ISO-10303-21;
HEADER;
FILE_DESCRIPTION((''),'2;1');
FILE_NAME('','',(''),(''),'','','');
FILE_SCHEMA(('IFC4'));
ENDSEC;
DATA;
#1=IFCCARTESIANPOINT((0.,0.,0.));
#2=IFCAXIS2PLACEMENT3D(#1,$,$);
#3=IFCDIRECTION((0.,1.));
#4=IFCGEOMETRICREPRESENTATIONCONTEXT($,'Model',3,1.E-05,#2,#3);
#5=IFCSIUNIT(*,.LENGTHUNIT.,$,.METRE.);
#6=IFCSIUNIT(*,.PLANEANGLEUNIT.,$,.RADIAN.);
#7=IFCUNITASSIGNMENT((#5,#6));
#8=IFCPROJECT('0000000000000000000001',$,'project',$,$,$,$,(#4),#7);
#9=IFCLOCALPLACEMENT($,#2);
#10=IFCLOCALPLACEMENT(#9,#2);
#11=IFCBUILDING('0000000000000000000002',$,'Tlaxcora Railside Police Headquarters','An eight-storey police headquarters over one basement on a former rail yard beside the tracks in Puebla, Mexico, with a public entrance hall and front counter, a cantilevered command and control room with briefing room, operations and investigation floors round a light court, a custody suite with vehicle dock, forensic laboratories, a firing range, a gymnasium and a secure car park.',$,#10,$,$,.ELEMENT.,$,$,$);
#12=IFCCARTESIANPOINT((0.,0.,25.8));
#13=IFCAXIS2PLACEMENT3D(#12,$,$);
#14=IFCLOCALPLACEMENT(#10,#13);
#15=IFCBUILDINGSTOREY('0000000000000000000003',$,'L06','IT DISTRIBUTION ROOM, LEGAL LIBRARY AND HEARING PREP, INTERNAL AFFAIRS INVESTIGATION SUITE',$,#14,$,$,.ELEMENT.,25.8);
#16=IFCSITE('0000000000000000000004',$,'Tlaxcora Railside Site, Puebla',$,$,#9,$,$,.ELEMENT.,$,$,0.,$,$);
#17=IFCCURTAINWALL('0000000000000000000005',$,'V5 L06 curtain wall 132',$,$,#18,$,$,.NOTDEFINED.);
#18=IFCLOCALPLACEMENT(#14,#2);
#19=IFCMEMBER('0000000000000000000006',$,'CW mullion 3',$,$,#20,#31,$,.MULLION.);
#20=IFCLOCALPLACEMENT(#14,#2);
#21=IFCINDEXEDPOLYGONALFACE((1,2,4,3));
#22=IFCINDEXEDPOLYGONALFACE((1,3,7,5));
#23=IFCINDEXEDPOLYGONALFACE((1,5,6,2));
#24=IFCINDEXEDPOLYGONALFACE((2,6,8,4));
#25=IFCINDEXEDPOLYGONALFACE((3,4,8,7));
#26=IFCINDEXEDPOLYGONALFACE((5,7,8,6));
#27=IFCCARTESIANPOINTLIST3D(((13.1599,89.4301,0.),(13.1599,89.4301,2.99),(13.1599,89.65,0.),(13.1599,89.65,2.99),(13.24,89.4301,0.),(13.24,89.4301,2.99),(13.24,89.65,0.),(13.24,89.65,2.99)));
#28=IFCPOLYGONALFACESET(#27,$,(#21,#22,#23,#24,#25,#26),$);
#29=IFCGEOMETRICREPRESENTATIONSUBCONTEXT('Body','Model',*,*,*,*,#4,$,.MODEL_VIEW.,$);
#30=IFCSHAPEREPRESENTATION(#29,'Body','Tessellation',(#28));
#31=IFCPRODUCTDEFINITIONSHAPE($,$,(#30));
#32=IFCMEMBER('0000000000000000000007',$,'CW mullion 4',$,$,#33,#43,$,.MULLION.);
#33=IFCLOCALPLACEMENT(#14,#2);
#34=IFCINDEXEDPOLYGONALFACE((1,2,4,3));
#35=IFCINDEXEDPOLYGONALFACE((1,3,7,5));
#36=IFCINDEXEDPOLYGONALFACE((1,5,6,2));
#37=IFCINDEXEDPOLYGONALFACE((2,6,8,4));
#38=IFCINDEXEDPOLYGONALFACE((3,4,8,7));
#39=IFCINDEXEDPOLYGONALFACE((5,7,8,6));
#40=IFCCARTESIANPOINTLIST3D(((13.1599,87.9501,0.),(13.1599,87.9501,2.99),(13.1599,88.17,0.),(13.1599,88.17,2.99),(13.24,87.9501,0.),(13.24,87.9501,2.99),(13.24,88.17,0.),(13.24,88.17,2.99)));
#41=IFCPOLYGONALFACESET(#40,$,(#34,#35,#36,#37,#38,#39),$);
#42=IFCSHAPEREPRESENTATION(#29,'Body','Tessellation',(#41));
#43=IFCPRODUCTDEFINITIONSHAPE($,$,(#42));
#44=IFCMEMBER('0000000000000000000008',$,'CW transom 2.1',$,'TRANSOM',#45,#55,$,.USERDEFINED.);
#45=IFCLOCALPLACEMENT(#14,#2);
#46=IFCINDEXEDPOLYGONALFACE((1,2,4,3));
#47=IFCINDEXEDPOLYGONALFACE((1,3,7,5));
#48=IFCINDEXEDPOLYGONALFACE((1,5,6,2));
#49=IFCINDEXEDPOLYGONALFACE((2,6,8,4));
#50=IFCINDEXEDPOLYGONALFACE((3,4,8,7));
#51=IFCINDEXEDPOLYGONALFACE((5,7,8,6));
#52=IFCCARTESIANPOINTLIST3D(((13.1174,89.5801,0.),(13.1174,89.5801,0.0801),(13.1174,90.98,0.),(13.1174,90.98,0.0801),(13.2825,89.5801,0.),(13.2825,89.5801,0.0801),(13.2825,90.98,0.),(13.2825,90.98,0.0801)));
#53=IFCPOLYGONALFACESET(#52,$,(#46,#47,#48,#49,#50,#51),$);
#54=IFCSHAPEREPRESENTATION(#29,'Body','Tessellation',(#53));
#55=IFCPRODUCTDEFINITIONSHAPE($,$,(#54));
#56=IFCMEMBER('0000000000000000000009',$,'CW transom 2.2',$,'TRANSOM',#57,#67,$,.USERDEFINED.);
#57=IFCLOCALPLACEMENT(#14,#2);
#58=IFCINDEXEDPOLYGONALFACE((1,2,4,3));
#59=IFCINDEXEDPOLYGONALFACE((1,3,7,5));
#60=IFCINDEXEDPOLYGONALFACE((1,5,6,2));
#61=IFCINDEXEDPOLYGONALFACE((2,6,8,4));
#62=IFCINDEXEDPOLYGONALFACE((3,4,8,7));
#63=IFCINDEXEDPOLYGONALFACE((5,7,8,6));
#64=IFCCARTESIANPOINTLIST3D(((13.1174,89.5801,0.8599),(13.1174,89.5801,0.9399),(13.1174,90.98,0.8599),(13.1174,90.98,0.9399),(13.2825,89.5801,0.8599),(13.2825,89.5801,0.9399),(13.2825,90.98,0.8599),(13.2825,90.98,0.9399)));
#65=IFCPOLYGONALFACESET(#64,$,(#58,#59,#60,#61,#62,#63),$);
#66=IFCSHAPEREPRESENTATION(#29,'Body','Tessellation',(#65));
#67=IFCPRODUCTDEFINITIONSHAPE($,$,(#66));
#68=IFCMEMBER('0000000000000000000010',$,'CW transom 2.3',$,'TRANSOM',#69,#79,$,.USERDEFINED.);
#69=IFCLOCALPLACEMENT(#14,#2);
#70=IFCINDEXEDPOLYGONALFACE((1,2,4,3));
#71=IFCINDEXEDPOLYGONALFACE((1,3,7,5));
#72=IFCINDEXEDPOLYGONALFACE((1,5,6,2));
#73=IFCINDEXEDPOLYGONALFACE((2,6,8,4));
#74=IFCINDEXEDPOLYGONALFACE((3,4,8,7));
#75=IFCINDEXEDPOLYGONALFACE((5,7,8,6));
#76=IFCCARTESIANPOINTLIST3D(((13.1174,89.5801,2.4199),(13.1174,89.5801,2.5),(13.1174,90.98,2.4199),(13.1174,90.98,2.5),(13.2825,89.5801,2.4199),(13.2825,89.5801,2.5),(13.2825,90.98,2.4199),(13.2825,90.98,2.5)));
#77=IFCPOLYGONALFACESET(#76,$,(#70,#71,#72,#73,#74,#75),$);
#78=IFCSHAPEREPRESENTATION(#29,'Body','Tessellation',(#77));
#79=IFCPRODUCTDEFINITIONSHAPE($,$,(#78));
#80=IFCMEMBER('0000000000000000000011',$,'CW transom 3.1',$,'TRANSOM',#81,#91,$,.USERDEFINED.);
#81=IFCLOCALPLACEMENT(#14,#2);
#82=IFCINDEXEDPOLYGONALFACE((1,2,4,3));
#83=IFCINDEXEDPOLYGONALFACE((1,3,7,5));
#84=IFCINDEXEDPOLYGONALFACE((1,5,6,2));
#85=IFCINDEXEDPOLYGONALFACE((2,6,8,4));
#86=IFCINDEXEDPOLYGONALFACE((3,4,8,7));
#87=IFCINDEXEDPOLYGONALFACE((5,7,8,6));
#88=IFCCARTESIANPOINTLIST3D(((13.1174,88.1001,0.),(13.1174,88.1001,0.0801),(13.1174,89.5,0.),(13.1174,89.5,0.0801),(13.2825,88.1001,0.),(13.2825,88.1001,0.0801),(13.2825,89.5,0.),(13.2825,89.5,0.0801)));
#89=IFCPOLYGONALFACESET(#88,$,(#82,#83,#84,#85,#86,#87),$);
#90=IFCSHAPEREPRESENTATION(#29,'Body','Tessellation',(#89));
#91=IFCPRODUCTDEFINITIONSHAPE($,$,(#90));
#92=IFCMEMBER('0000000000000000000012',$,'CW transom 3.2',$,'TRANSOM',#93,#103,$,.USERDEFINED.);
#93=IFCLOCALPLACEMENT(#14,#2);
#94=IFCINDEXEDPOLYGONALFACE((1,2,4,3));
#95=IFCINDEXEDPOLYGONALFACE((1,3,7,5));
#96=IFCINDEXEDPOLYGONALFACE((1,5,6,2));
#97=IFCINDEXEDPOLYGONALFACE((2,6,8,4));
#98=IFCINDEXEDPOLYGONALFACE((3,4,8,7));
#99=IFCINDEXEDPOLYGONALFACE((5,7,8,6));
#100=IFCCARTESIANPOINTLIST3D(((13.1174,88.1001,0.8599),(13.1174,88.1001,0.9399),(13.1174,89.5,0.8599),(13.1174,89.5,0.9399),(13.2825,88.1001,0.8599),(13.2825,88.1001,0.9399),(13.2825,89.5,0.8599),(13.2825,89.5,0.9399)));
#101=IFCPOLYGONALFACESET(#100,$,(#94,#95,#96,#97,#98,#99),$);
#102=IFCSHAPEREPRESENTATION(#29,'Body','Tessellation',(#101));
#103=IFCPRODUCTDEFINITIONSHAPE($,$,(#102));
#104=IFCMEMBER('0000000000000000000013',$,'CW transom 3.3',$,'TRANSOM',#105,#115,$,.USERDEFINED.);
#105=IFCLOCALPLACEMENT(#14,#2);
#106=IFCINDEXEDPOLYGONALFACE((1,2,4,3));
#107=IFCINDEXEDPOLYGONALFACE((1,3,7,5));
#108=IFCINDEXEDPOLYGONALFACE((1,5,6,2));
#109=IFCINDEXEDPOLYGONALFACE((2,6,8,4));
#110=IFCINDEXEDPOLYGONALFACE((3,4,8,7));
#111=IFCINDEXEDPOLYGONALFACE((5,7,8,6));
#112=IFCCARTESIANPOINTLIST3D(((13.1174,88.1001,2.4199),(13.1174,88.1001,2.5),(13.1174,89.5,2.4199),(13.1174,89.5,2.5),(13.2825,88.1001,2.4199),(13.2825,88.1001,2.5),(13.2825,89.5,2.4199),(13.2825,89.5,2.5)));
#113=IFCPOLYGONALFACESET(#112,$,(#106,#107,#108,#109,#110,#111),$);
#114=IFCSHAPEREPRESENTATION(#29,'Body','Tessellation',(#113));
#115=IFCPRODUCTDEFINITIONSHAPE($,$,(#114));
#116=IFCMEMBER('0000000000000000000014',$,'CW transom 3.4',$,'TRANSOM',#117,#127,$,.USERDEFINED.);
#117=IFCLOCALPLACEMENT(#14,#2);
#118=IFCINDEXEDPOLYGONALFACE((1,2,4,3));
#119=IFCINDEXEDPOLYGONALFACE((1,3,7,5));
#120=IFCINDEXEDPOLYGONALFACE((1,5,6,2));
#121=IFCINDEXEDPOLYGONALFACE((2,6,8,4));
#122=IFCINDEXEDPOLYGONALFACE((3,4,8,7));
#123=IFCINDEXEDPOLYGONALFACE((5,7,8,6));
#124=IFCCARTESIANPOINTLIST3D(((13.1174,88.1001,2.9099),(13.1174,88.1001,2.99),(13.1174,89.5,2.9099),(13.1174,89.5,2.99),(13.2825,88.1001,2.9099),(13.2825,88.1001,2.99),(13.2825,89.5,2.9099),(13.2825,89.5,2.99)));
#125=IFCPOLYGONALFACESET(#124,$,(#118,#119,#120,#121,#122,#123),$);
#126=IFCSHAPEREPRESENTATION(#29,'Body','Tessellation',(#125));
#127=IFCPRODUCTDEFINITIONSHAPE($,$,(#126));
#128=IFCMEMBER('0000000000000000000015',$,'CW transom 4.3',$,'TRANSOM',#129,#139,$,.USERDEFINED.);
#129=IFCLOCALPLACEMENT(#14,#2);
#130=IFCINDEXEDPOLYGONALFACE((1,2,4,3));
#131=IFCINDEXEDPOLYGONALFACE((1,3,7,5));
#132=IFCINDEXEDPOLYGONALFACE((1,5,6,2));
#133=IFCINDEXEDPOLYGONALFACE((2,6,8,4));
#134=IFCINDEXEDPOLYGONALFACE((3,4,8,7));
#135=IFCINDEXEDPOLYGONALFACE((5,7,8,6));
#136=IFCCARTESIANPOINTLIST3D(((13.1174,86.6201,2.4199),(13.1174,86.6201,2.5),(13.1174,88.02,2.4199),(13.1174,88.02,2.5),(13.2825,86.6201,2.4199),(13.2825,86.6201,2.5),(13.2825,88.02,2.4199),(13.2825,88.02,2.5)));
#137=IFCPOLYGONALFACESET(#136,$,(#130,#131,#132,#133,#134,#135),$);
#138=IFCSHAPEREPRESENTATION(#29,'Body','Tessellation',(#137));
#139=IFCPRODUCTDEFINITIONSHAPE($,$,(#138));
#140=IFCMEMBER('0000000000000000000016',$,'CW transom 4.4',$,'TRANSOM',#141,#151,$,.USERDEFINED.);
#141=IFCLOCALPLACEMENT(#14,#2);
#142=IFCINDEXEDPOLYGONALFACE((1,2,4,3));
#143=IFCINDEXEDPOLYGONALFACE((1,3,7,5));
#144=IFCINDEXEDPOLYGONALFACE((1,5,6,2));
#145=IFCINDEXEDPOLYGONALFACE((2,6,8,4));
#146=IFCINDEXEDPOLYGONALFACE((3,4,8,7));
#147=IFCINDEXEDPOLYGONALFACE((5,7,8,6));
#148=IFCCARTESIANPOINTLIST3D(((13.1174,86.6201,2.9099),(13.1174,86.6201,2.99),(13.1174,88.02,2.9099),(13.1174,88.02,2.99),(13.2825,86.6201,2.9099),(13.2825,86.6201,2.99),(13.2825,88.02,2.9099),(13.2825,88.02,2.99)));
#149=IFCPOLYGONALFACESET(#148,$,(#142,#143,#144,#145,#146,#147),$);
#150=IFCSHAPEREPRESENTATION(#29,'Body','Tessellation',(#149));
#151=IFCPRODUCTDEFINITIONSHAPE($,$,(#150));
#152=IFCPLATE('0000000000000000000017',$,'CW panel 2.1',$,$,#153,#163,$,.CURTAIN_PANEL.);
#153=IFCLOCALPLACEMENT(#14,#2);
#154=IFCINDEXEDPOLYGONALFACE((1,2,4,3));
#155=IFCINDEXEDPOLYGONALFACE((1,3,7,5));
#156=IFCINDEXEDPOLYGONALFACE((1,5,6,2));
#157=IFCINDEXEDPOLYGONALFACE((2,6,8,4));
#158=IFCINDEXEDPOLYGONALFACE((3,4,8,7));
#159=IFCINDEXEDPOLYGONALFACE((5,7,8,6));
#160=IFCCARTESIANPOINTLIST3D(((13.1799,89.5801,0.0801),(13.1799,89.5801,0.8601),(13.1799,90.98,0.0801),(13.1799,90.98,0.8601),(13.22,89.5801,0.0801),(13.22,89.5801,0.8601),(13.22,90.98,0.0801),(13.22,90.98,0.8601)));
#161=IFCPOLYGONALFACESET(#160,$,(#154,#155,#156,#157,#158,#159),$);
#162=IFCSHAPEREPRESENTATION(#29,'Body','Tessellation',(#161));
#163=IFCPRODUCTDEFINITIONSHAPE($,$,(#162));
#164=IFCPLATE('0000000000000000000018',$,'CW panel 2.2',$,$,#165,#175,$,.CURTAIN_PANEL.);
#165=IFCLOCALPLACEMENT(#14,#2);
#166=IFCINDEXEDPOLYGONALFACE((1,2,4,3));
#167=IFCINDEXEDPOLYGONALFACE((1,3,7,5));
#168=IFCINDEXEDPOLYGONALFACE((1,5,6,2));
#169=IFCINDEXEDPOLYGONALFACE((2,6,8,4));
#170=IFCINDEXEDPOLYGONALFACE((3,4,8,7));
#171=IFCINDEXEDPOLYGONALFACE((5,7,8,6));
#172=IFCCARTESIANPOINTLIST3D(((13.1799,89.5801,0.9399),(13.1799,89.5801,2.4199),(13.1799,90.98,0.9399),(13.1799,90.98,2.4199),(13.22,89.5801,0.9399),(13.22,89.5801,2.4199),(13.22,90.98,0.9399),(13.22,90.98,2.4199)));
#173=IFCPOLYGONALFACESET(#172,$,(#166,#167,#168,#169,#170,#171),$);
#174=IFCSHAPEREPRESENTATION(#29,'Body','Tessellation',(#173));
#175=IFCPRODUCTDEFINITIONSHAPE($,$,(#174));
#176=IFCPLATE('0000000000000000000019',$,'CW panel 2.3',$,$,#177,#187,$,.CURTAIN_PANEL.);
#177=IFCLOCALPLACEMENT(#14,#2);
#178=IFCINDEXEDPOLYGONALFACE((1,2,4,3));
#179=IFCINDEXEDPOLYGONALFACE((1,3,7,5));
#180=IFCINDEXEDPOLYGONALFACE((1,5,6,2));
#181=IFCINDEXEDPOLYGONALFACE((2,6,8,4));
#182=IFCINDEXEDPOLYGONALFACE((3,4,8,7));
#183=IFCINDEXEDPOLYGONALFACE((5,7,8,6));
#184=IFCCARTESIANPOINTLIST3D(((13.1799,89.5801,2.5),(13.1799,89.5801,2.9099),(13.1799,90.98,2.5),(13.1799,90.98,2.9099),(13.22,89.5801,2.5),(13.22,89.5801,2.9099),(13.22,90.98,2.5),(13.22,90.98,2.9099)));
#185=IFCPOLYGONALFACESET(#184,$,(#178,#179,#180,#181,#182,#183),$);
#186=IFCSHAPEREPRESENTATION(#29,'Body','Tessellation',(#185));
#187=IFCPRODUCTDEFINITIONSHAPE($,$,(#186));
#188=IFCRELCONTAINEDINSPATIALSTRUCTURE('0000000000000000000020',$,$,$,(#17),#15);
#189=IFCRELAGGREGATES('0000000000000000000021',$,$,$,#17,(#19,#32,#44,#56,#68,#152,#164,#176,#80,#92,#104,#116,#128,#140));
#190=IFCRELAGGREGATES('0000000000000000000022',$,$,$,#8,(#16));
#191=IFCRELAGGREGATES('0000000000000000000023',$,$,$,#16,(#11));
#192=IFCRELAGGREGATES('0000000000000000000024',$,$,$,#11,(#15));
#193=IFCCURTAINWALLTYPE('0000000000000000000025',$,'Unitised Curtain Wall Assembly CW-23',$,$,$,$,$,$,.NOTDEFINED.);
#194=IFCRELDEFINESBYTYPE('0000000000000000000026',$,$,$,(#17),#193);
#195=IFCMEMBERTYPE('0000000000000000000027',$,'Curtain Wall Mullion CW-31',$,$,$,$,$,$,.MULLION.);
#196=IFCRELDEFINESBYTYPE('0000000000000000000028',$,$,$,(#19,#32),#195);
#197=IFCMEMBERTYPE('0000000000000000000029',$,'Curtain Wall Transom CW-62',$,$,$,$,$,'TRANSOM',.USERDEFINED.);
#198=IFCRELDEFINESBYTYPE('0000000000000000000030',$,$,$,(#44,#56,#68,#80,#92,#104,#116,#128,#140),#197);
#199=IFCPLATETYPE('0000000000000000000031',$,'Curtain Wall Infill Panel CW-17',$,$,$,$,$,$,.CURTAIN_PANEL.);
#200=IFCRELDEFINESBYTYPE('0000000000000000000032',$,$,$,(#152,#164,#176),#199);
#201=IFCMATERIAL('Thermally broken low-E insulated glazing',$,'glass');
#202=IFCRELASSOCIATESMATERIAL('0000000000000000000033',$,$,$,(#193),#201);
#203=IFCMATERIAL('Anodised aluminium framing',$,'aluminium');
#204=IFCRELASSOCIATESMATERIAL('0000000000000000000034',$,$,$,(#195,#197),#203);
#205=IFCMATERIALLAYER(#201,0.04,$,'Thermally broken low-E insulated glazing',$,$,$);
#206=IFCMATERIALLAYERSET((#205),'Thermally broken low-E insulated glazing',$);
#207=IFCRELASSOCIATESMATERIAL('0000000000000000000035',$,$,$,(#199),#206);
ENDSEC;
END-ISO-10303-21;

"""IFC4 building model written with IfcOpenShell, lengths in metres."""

from ifc_helpers import new_model, si_unit, direction, frame, origin, origin_2d, place, context, subcontext, project, spatial, rectangle, extrude, material, layer, layer_set, material_profile, profile_set, type_object, element, aggregate, save


model = new_model("IFC4")

# Units and contexts
model_context = context("Model", 3, precision=1e-05, world=origin(), true_north=direction((0.0, 1.0)))
body_context = subcontext(model_context, "Body", "Model", "MODEL_VIEW")
ifc_project = project(units=[si_unit("LENGTHUNIT", "METRE"), si_unit("PLANEANGLEUNIT", "RADIAN")], contexts=[model_context])

# Site, building, storey
site_placement = place(None, origin())
site = spatial("IfcSite", under=ifc_project, at=site_placement, Name="Tlaxcora Railside Site, Puebla", CompositionType="ELEMENT", RefElevation=0.0)
building_placement = place(site_placement, origin())
building = spatial("IfcBuilding", under=site, at=building_placement, Name="Tlaxcora Railside Police Headquarters", Description="An eight-storey police headquarters over one basement on a former rail yard beside the tracks in Puebla, Mexico, with a public entrance hall and front counter, a cantilevered command and control room with briefing room, operations and investigation floors round a light court, a custody suite with vehicle dock, forensic laboratories, a firing range, a gymnasium and a secure car park.", CompositionType="ELEMENT")
storey_placement = place(building_placement, frame((0.0, 0.0, 25.8)))
storey = spatial("IfcBuildingStorey", under=building, at=storey_placement, Name="L06", Description="IT DISTRIBUTION ROOM, LEGAL LIBRARY AND HEARING PREP, INTERNAL AFFAIRS INVESTIGATION SUITE", CompositionType="ELEMENT", Elevation=25.8)

# Curtain wall, members, plates
ifc_material_1 = material(Name="Thermally broken low-E insulated glazing", Category="glass")
curtain_wall_type = type_object("IfcCurtainWallType", Name="Unitised Curtain Wall Assembly CW-23", PredefinedType="NOTDEFINED", material=ifc_material_1)
curtain_wall_placement = place(storey_placement, origin())
curtain_wall = element("IfcCurtainWall", 1, at=curtain_wall_placement, inside=storey, type_object=curtain_wall_type, Name="V5 L06 curtain wall 132", PredefinedType="NOTDEFINED")
ifc_material_2 = material(Name="Anodised aluminium framing", Category="aluminium")
ifc_material_profile_1 = material_profile(ifc_material_2, rectangle(XDim=0.0801, YDim=0.22, at=origin_2d()), Name="AL80X220")
ifc_profile_set_1 = profile_set([ifc_material_profile_1], Name="Anodised aluminium framing")
member_type_1 = type_object("IfcMemberType", Name="Curtain Wall Mullion CW-31", PredefinedType="MULLION", material=ifc_profile_set_1)
member_1_placement = place(storey_placement, frame((13.2, 89.54, 0.0), z_axis=(0.0, 0.0, 1.0), x_axis=(1.0, 0.0, 0.0)))
member_1 = element("IfcMember", 2, at=member_1_placement, type_object=member_type_1, Name="CW mullion 3", PredefinedType="MULLION", context=body_context, shape_type="SweptSolid", body=[
    extrude(rectangle(XDim=0.0801, YDim=0.22, at=origin_2d()), origin(), (0.0, 0.0, 1.0), 2.99),
])
member_2_placement = place(storey_placement, frame((13.2, 88.0601, 0.0), z_axis=(0.0, 0.0, 1.0), x_axis=(1.0, 0.0, 0.0)))
member_2 = element("IfcMember", 3, at=member_2_placement, type_object=member_type_1, Name="CW mullion 4", PredefinedType="MULLION", context=body_context, shape_type="SweptSolid", body=[
    extrude(rectangle(XDim=0.0801, YDim=0.22, at=origin_2d()), origin(), (0.0, 0.0, 1.0), 2.99),
])
ifc_material_profile_2 = material_profile(ifc_material_2, rectangle(XDim=0.165, YDim=0.0801, at=origin_2d()), Name="AL80X165")
ifc_profile_set_2 = profile_set([ifc_material_profile_2], Name="Anodised aluminium framing")
member_type_2 = type_object("IfcMemberType", Name="Curtain Wall Transom CW-62", ElementType="TRANSOM", PredefinedType="USERDEFINED", material=ifc_profile_set_2)
member_3_placement = place(storey_placement, frame((13.2, 90.98, 0.04), z_axis=(0.0, -1.0, 0.0), x_axis=(1.0, 0.0, 0.0)))
member_3 = element("IfcMember", 4, at=member_3_placement, type_object=member_type_2, Name="CW transom 2.1", ObjectType="TRANSOM", PredefinedType="USERDEFINED", context=body_context, shape_type="SweptSolid", body=[
    extrude(rectangle(XDim=0.165, YDim=0.0801, at=origin_2d()), origin(), (0.0, 0.0, 1.0), 1.3999),
])
member_4_placement = place(storey_placement, frame((13.2, 90.98, 0.8999), z_axis=(0.0, -1.0, 0.0), x_axis=(1.0, 0.0, 0.0)))
member_4 = element("IfcMember", 5, at=member_4_placement, type_object=member_type_2, Name="CW transom 2.2", ObjectType="TRANSOM", PredefinedType="USERDEFINED", context=body_context, shape_type="SweptSolid", body=[
    extrude(rectangle(XDim=0.165, YDim=0.0801, at=origin_2d()), origin(), (0.0, 0.0, 1.0), 1.3999),
])
member_5_placement = place(storey_placement, frame((13.2, 90.98, 2.46), z_axis=(0.0, -1.0, 0.0), x_axis=(1.0, 0.0, 0.0)))
member_5 = element("IfcMember", 6, at=member_5_placement, type_object=member_type_2, Name="CW transom 2.3", ObjectType="TRANSOM", PredefinedType="USERDEFINED", context=body_context, shape_type="SweptSolid", body=[
    extrude(rectangle(XDim=0.165, YDim=0.0801, at=origin_2d()), origin(), (0.0, 0.0, 1.0), 1.3999),
])
member_6_placement = place(storey_placement, frame((13.2, 89.5, 0.04), z_axis=(0.0, -1.0, 0.0), x_axis=(1.0, 0.0, 0.0)))
member_6 = element("IfcMember", 7, at=member_6_placement, type_object=member_type_2, Name="CW transom 3.1", ObjectType="TRANSOM", PredefinedType="USERDEFINED", context=body_context, shape_type="SweptSolid", body=[
    extrude(rectangle(XDim=0.165, YDim=0.0801, at=origin_2d()), origin(), (0.0, 0.0, 1.0), 1.3999),
])
member_7_placement = place(storey_placement, frame((13.2, 89.5, 0.8999), z_axis=(0.0, -1.0, 0.0), x_axis=(1.0, 0.0, 0.0)))
member_7 = element("IfcMember", 8, at=member_7_placement, type_object=member_type_2, Name="CW transom 3.2", ObjectType="TRANSOM", PredefinedType="USERDEFINED", context=body_context, shape_type="SweptSolid", body=[
    extrude(rectangle(XDim=0.165, YDim=0.0801, at=origin_2d()), origin(), (0.0, 0.0, 1.0), 1.3999),
])
member_8_placement = place(storey_placement, frame((13.2, 89.5, 2.46), z_axis=(0.0, -1.0, 0.0), x_axis=(1.0, 0.0, 0.0)))
member_8 = element("IfcMember", 9, at=member_8_placement, type_object=member_type_2, Name="CW transom 3.3", ObjectType="TRANSOM", PredefinedType="USERDEFINED", context=body_context, shape_type="SweptSolid", body=[
    extrude(rectangle(XDim=0.165, YDim=0.0801, at=origin_2d()), origin(), (0.0, 0.0, 1.0), 1.3999),
])
member_9_placement = place(storey_placement, frame((13.2, 89.5, 2.95), z_axis=(0.0, -1.0, 0.0), x_axis=(1.0, 0.0, 0.0)))
member_9 = element("IfcMember", 10, at=member_9_placement, type_object=member_type_2, Name="CW transom 3.4", ObjectType="TRANSOM", PredefinedType="USERDEFINED", context=body_context, shape_type="SweptSolid", body=[
    extrude(rectangle(XDim=0.165, YDim=0.0801, at=origin_2d()), origin(), (0.0, 0.0, 1.0), 1.3999),
])
member_10_placement = place(storey_placement, frame((13.2, 88.02, 2.46), z_axis=(0.0, -1.0, 0.0), x_axis=(1.0, 0.0, 0.0)))
member_10 = element("IfcMember", 11, at=member_10_placement, type_object=member_type_2, Name="CW transom 4.3", ObjectType="TRANSOM", PredefinedType="USERDEFINED", context=body_context, shape_type="SweptSolid", body=[
    extrude(rectangle(XDim=0.165, YDim=0.0801, at=origin_2d()), origin(), (0.0, 0.0, 1.0), 1.3999),
])
member_11_placement = place(storey_placement, frame((13.2, 88.02, 2.95), z_axis=(0.0, -1.0, 0.0), x_axis=(1.0, 0.0, 0.0)))
member_11 = element("IfcMember", 12, at=member_11_placement, type_object=member_type_2, Name="CW transom 4.4", ObjectType="TRANSOM", PredefinedType="USERDEFINED", context=body_context, shape_type="SweptSolid", body=[
    extrude(rectangle(XDim=0.165, YDim=0.0801, at=origin_2d()), origin(), (0.0, 0.0, 1.0), 1.3999),
])
ifc_layer_1 = layer(ifc_material_1, 0.04, Name="Thermally broken low-E insulated glazing")
ifc_layer_set_1 = layer_set([ifc_layer_1], Name="Thermally broken low-E insulated glazing")
plate_type = type_object("IfcPlateType", Name="Curtain Wall Infill Panel CW-17", PredefinedType="CURTAIN_PANEL", material=ifc_layer_set_1)
plate_1_placement = place(storey_placement, frame((13.2, 90.28, 0.0801), z_axis=(0.0, 0.0, 1.0), x_axis=(0.0, -1.0, 0.0)))
plate_1 = element("IfcPlate", 13, at=plate_1_placement, type_object=plate_type, Name="CW panel 2.1", PredefinedType="CURTAIN_PANEL", context=body_context, shape_type="SweptSolid", body=[
    extrude(rectangle(XDim=1.3999, YDim=0.04, at=origin_2d()), origin(), (0.0, 0.0, 1.0), 0.78),
])
plate_2_placement = place(storey_placement, frame((13.2, 90.28, 0.9399), z_axis=(0.0, 0.0, 1.0), x_axis=(0.0, -1.0, 0.0)))
plate_2 = element("IfcPlate", 14, at=plate_2_placement, type_object=plate_type, Name="CW panel 2.2", PredefinedType="CURTAIN_PANEL", context=body_context, shape_type="SweptSolid", body=[
    extrude(rectangle(XDim=1.3999, YDim=0.04, at=origin_2d()), origin(), (0.0, 0.0, 1.0), 1.48),
])
plate_3_placement = place(storey_placement, frame((13.2, 90.28, 2.5), z_axis=(0.0, 0.0, 1.0), x_axis=(0.0, -1.0, 0.0)))
plate_3 = element("IfcPlate", 15, at=plate_3_placement, type_object=plate_type, Name="CW panel 2.3", PredefinedType="CURTAIN_PANEL", context=body_context, shape_type="SweptSolid", body=[
    extrude(rectangle(XDim=1.3999, YDim=0.04, at=origin_2d()), origin(), (0.0, 0.0, 1.0), 0.4099),
])
aggregate(curtain_wall, [member_1, member_2, member_3, member_4, member_5, plate_1, plate_2, plate_3, member_6, member_7, member_8, member_9, member_10, member_11])

save(model, "model.ifc")
